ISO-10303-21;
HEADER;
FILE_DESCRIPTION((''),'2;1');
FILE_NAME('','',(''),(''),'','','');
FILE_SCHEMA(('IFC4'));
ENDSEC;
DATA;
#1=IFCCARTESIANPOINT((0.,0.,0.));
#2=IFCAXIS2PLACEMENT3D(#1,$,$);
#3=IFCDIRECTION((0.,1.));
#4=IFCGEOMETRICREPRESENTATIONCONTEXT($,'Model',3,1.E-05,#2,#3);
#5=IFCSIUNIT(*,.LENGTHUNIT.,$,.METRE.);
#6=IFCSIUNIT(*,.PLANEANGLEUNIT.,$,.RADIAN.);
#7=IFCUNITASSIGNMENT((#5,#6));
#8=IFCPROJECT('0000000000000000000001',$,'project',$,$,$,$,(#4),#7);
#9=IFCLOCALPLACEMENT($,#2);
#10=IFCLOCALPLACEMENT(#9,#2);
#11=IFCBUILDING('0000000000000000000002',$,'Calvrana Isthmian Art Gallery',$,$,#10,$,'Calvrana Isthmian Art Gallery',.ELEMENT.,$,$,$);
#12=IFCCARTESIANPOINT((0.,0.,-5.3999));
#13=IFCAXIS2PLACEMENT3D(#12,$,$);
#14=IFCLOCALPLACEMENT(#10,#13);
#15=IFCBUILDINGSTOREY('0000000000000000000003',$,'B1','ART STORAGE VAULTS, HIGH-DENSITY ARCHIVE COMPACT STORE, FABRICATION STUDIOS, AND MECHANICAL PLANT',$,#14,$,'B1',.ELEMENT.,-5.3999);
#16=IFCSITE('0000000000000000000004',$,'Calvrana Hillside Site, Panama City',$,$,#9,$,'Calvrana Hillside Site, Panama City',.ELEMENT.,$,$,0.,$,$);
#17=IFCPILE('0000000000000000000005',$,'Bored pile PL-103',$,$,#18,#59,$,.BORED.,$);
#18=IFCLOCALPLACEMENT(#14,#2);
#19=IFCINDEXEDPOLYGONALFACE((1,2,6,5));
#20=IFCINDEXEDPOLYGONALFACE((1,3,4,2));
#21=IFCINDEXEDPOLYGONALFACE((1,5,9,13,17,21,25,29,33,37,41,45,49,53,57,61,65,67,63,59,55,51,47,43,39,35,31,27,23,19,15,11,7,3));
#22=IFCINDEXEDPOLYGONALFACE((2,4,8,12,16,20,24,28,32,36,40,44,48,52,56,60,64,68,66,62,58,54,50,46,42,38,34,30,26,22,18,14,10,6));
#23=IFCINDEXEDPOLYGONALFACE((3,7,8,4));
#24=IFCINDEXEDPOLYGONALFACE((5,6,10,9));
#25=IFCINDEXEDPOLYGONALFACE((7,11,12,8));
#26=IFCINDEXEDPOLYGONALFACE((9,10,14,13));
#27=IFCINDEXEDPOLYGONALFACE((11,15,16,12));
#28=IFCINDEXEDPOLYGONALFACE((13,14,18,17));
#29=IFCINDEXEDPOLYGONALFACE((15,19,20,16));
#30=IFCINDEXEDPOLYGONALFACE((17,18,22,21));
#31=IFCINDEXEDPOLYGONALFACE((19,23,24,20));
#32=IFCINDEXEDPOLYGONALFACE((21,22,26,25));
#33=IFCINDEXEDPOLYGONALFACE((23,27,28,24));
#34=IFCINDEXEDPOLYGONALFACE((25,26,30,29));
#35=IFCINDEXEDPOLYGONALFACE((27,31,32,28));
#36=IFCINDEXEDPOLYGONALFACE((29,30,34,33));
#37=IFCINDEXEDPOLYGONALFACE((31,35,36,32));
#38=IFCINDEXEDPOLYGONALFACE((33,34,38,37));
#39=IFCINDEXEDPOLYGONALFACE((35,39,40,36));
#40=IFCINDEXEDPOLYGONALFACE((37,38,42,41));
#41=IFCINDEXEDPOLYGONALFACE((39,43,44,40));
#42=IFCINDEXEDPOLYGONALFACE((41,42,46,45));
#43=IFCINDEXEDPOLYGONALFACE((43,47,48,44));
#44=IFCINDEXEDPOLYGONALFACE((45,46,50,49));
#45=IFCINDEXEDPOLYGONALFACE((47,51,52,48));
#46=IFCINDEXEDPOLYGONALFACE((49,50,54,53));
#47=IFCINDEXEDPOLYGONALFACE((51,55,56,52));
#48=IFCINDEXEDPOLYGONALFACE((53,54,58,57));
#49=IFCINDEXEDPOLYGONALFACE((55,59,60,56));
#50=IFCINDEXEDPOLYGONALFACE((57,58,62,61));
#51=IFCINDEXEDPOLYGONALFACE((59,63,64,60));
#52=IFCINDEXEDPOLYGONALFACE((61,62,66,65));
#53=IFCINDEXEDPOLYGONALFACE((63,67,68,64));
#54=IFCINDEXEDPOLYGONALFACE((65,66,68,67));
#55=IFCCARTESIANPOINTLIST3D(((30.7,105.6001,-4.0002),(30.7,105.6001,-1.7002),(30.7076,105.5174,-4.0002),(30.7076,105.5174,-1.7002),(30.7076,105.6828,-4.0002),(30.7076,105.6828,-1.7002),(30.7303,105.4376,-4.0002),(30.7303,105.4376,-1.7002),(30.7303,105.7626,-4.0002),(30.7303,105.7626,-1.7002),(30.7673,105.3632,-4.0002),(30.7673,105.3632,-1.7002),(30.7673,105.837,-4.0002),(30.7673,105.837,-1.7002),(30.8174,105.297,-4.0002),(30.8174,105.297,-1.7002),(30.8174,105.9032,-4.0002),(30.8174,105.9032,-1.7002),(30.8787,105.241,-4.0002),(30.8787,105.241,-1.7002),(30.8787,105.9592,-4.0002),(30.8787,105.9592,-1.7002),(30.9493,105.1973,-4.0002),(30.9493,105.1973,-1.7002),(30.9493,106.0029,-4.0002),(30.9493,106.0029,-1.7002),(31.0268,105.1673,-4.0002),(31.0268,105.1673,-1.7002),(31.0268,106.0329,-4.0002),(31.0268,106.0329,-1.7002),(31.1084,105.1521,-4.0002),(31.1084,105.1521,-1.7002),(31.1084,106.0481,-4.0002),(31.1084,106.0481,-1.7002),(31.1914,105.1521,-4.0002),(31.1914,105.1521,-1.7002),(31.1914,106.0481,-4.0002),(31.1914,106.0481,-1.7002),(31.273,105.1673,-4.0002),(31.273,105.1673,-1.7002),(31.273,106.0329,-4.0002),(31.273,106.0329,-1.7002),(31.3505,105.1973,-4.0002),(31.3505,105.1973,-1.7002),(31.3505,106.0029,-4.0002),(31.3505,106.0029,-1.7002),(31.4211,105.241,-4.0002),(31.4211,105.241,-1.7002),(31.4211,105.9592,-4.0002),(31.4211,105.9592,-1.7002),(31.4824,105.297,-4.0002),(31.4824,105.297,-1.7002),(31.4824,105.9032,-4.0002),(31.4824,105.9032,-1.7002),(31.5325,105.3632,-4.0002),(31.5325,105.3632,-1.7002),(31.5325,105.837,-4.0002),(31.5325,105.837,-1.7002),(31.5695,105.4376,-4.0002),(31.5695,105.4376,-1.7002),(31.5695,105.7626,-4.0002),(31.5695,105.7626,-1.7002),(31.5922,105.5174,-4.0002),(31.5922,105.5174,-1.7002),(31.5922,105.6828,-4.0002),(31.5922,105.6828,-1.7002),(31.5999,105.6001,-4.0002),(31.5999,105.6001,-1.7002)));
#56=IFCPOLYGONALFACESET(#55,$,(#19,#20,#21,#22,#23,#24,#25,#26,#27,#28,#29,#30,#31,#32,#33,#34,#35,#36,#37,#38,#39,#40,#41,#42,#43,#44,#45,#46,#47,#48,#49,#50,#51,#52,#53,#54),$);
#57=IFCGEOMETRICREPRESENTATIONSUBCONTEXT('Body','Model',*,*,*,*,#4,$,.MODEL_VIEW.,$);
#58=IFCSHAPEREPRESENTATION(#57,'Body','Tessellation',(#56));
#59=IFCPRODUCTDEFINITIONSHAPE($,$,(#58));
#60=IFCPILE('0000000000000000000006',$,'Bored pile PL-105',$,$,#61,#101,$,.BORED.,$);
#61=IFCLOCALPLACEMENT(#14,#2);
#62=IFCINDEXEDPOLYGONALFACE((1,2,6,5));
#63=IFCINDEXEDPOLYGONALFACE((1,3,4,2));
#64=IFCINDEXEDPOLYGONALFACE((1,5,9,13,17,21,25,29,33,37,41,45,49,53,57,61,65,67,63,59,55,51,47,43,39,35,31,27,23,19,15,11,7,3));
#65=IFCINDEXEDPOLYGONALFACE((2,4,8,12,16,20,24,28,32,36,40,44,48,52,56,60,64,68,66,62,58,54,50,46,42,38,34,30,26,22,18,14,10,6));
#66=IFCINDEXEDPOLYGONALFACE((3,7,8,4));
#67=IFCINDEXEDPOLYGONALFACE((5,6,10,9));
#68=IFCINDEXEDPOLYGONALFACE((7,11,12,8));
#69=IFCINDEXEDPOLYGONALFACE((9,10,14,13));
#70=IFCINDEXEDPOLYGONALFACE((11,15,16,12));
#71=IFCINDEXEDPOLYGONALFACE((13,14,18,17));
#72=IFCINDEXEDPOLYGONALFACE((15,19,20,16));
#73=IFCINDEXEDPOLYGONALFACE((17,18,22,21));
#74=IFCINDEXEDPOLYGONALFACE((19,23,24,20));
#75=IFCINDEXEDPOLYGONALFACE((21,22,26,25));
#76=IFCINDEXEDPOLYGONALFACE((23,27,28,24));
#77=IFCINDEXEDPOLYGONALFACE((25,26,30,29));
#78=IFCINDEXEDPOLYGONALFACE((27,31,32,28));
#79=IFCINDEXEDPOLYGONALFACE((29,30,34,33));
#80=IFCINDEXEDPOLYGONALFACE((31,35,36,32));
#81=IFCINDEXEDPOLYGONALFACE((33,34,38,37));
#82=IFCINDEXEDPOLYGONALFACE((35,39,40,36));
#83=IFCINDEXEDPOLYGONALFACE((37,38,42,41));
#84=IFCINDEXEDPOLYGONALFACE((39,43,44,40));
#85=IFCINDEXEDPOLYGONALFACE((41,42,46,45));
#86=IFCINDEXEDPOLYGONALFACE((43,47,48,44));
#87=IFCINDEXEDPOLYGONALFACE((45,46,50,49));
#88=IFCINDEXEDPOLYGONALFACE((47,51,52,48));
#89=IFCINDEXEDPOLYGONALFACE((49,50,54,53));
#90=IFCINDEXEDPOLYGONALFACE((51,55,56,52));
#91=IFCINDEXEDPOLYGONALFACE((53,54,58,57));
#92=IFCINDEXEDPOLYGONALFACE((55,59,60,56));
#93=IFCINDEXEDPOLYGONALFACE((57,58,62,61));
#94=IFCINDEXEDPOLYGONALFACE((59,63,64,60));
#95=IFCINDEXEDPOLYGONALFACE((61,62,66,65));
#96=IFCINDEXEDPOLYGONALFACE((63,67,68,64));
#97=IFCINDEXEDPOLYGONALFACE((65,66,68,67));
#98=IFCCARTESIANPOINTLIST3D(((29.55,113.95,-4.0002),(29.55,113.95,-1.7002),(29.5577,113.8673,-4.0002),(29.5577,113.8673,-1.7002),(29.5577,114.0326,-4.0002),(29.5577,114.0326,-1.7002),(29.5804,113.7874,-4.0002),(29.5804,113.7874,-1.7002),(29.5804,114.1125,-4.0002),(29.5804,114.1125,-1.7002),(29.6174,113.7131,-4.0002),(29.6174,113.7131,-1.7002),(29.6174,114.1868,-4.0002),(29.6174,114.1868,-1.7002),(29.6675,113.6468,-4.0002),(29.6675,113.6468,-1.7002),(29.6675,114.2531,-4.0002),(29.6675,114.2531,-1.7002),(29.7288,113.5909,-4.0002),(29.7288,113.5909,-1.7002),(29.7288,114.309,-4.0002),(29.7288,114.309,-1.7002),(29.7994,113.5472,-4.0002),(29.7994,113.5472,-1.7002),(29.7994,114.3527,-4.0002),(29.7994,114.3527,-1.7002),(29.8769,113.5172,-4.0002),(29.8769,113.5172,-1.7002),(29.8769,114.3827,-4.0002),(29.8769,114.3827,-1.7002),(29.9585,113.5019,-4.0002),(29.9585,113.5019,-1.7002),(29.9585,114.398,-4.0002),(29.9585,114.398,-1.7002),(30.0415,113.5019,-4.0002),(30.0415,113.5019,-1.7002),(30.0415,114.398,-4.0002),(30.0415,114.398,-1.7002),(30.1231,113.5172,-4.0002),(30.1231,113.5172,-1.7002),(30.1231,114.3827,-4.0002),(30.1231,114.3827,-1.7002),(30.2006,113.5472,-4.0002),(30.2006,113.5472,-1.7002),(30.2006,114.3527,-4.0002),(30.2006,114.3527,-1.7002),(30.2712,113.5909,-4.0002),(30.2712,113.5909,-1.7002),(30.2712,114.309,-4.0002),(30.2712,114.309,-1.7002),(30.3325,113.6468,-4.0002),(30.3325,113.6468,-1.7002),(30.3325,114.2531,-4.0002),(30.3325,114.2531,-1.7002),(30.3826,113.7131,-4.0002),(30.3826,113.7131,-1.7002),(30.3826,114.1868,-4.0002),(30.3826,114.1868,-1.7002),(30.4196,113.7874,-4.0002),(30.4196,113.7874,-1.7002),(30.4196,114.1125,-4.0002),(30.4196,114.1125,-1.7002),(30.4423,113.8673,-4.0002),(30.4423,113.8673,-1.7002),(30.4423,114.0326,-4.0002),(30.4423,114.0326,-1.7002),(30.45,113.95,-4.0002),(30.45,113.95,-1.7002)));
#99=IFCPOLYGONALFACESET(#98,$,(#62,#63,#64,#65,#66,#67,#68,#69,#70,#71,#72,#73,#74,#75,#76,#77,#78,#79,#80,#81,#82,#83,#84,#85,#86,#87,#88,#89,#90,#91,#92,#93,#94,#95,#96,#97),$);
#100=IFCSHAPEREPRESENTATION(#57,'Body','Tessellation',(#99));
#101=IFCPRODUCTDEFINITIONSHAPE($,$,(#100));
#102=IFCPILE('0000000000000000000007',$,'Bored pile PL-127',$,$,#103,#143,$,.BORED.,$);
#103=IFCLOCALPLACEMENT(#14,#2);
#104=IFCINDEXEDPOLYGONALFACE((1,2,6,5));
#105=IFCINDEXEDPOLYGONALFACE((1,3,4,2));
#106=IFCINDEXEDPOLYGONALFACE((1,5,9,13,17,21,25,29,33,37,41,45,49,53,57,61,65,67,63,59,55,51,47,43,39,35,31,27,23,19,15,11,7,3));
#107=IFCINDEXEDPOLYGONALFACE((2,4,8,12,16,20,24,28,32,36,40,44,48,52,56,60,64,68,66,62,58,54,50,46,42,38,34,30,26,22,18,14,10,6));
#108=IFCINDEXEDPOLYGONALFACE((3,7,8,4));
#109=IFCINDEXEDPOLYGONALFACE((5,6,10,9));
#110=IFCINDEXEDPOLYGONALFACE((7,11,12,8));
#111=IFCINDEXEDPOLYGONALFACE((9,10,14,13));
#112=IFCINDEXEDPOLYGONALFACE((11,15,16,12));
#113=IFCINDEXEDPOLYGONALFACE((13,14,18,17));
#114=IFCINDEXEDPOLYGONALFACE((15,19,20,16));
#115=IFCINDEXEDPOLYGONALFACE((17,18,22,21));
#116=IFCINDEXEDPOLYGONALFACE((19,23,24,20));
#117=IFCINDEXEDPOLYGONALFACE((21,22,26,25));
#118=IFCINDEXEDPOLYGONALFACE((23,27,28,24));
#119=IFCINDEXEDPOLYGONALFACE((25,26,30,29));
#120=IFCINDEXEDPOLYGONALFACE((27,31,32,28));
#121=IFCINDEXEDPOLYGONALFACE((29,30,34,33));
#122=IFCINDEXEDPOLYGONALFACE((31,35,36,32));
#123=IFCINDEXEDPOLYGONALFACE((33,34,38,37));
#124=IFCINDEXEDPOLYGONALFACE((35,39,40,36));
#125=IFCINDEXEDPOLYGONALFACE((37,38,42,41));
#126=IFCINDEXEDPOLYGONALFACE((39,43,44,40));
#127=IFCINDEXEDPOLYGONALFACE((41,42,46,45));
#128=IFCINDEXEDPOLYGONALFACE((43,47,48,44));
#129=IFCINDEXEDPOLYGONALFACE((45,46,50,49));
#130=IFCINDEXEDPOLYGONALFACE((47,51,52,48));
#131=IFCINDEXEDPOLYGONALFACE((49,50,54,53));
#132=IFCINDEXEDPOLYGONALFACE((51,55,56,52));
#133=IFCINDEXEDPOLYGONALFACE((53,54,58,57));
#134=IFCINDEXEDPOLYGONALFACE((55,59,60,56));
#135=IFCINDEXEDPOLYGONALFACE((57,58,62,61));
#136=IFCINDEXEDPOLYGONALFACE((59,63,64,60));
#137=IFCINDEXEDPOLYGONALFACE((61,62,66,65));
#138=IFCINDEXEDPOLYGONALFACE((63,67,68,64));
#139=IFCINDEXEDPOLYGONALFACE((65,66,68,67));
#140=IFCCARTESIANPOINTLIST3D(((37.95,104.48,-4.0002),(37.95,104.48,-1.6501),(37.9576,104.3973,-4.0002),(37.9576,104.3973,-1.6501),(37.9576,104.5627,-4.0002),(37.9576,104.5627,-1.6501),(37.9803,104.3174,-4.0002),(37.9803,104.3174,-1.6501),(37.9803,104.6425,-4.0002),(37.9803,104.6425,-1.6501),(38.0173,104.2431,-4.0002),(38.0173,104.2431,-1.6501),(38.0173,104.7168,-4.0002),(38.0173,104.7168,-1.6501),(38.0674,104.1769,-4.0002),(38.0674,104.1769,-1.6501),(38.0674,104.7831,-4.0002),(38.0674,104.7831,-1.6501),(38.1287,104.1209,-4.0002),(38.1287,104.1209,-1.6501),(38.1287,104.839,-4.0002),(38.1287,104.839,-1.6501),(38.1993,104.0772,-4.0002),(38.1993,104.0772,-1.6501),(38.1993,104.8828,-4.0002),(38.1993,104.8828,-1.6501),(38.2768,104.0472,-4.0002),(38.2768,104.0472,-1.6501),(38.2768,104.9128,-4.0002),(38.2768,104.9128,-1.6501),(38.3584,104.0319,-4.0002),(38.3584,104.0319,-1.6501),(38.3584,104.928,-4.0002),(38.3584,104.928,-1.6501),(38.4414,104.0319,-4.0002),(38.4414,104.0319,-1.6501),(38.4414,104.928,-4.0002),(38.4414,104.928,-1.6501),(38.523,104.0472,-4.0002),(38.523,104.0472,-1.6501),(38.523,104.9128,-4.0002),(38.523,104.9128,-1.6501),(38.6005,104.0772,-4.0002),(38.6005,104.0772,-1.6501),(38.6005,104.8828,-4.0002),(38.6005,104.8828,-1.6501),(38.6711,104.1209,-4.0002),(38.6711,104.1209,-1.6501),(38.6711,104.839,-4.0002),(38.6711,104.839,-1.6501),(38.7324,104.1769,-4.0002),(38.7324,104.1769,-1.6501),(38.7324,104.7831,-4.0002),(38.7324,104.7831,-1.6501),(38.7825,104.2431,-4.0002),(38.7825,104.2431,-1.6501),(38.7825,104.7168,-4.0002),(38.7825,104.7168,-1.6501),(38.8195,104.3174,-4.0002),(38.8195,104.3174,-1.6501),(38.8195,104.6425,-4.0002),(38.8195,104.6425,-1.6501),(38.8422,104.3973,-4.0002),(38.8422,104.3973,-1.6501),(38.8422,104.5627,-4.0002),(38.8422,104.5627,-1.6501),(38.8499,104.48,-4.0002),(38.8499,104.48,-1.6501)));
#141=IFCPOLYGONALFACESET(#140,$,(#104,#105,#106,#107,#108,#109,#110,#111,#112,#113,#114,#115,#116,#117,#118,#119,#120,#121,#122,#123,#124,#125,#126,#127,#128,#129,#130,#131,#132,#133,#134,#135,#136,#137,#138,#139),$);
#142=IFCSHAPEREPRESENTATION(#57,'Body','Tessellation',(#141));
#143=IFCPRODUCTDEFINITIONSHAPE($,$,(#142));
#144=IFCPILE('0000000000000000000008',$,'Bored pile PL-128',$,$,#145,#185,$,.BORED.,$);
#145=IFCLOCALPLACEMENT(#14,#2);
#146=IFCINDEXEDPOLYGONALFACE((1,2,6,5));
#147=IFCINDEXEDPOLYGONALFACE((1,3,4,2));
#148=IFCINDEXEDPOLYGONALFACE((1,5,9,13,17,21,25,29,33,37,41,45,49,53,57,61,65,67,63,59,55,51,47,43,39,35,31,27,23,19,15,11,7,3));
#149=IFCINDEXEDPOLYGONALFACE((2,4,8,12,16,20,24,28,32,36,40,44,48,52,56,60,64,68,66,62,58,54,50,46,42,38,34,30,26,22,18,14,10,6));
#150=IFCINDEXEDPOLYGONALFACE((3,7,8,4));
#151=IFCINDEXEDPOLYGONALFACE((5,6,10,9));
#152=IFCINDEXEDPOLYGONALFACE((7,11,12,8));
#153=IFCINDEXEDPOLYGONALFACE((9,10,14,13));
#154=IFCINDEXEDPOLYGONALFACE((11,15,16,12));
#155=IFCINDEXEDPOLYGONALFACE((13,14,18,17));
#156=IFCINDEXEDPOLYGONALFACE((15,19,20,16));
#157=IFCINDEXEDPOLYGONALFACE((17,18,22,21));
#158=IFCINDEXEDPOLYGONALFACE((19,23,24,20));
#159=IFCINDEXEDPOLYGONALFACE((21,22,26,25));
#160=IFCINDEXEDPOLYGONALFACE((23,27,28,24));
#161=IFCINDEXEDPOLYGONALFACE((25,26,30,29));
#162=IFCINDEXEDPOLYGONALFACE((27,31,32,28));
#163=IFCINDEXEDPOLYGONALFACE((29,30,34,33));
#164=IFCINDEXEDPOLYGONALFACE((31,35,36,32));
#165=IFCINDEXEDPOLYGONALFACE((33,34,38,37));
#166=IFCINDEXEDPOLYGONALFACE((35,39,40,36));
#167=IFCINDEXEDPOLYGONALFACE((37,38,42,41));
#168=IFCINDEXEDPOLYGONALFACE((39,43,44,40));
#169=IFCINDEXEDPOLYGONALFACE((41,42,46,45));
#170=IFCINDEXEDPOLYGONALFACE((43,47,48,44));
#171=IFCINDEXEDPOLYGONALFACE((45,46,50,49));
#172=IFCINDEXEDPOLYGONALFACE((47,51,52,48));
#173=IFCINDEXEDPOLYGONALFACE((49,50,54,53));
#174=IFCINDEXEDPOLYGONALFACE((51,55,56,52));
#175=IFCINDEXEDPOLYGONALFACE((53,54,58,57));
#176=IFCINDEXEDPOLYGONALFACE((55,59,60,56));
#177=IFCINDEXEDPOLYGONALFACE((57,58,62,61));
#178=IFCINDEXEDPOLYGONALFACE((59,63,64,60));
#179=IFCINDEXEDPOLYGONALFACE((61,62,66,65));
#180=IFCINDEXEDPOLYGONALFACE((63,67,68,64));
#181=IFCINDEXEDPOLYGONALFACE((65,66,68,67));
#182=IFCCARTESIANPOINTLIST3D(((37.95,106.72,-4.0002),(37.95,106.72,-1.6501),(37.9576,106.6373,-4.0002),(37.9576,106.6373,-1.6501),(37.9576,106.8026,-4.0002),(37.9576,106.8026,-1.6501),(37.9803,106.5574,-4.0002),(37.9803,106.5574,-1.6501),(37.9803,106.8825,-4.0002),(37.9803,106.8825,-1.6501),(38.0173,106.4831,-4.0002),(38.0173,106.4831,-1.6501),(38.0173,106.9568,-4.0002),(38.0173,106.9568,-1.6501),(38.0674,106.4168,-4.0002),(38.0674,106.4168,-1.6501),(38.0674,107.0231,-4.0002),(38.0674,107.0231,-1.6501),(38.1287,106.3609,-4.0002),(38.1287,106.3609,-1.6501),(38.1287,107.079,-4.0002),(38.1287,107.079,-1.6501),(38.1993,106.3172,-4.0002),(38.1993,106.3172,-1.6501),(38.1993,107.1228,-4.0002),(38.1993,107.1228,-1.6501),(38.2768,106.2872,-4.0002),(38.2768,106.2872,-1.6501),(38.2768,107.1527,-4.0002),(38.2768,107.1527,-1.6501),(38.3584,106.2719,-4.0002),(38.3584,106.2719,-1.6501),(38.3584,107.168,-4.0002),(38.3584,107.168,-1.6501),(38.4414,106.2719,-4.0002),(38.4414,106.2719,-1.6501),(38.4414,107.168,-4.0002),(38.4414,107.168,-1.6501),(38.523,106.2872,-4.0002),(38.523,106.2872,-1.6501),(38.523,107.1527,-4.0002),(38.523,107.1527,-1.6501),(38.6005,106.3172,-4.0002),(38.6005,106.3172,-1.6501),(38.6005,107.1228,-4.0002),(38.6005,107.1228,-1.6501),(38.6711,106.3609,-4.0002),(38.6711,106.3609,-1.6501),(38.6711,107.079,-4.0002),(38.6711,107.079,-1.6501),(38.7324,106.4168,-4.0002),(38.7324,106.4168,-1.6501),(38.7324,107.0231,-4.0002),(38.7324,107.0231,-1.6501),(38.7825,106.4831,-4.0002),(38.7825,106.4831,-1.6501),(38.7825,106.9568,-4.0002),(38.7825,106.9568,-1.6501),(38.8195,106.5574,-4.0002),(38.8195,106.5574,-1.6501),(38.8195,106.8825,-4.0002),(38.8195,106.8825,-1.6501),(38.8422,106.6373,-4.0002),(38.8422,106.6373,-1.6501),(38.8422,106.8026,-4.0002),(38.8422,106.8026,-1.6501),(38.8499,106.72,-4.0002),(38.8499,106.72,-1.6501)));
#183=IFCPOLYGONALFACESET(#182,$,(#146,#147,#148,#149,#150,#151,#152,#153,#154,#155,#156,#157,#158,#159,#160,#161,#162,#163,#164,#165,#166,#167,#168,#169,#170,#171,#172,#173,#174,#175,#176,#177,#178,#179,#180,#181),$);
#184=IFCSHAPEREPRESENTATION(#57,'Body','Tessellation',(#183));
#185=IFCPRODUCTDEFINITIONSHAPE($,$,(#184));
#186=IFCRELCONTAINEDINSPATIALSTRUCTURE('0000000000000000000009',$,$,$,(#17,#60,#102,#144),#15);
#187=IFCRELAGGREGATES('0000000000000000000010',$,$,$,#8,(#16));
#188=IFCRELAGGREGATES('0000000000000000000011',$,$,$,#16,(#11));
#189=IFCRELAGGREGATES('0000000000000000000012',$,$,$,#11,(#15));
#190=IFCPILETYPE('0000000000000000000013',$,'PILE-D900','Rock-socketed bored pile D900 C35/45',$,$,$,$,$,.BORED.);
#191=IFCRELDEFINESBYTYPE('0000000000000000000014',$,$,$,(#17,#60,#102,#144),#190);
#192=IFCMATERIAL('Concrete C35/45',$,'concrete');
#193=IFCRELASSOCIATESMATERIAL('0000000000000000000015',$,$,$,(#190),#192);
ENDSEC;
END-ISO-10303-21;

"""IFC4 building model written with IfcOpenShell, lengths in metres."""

from ifc_helpers import new_model, si_unit, direction, frame, origin, origin_2d, place, context, subcontext, project, spatial, circle, extrude, material, material_profile, profile_set, type_object, element, save


model = new_model("IFC4")

# Units and contexts
model_context = context("Model", 3, precision=1e-05, world=origin(), true_north=direction((0.0, 1.0)))
body_context = subcontext(model_context, "Body", "Model", "MODEL_VIEW")
ifc_project = project(units=[si_unit("LENGTHUNIT", "METRE"), si_unit("PLANEANGLEUNIT", "RADIAN")], contexts=[model_context])

# Site, building, storey
site_placement = place(None, origin())
site = spatial("IfcSite", under=ifc_project, at=site_placement, Name="Calvrana Hillside Site, Panama City", LongName="Calvrana Hillside Site, Panama City", CompositionType="ELEMENT", RefElevation=0.0)
building_placement = place(site_placement, origin())
building = spatial("IfcBuilding", under=site, at=building_placement, Name="Calvrana Isthmian Art Gallery", LongName="Calvrana Isthmian Art Gallery", CompositionType="ELEMENT")
storey_placement = place(building_placement, frame((0.0, 0.0, -5.3999)))
storey = spatial("IfcBuildingStorey", under=building, at=storey_placement, Name="B1", Description="ART STORAGE VAULTS, HIGH-DENSITY ARCHIVE COMPACT STORE, FABRICATION STUDIOS, AND MECHANICAL PLANT", LongName="B1", CompositionType="ELEMENT", Elevation=-5.3999)

# Shared definitions
ifc_material_1 = material(Name="Concrete C35/45", Category="concrete")

# Piles
ifc_material_profile_1 = material_profile(ifc_material_1, circle(Radius=0.45, at=origin_2d()), Name="PILE900D")
ifc_profile_set_1 = profile_set([ifc_material_profile_1], Name="Concrete C35/45")
pile_type_1 = type_object("IfcPileType", Name="PILE-D900", Description="Rock-socketed bored pile D900 C35/45", PredefinedType="BORED", material=ifc_profile_set_1)
for number, where, z_axis, x_axis, name in (
    (1, (31.1499, 105.6001, -1.7002), (0.0, 0.0, -1.0), (1.0, 0.0, 0.0), "Bored pile PL-103"),
    (2, (30.0, 113.95, -1.7002), (0.0, 0.0, -1.0), (1.0, 0.0, 0.0), "Bored pile PL-105"),
):
    element("IfcPile", number, at=place(storey_placement, frame(where, z_axis=z_axis, x_axis=x_axis)), inside=storey, type_object=pile_type_1, Name=name, PredefinedType="BORED", context=body_context, shape_type="SweptSolid", body=[
        extrude(circle(Radius=0.45, at=origin_2d()), origin(), (0.0, 0.0, 1.0), 2.3),
    ])
for number, where, z_axis, x_axis, name in (
    (3, (38.3999, 104.48, -1.6501), (0.0, 0.0, -1.0), (1.0, 0.0, 0.0), "Bored pile PL-127"),
    (4, (38.3999, 106.72, -1.6501), (0.0, 0.0, -1.0), (1.0, 0.0, 0.0), "Bored pile PL-128"),
):
    element("IfcPile", number, at=place(storey_placement, frame(where, z_axis=z_axis, x_axis=x_axis)), inside=storey, type_object=pile_type_1, Name=name, PredefinedType="BORED", context=body_context, shape_type="SweptSolid", body=[
        extrude(circle(Radius=0.45, at=origin_2d()), origin(), (0.0, 0.0, 1.0), 2.3501),
    ])

save(model, "model.ifc")
